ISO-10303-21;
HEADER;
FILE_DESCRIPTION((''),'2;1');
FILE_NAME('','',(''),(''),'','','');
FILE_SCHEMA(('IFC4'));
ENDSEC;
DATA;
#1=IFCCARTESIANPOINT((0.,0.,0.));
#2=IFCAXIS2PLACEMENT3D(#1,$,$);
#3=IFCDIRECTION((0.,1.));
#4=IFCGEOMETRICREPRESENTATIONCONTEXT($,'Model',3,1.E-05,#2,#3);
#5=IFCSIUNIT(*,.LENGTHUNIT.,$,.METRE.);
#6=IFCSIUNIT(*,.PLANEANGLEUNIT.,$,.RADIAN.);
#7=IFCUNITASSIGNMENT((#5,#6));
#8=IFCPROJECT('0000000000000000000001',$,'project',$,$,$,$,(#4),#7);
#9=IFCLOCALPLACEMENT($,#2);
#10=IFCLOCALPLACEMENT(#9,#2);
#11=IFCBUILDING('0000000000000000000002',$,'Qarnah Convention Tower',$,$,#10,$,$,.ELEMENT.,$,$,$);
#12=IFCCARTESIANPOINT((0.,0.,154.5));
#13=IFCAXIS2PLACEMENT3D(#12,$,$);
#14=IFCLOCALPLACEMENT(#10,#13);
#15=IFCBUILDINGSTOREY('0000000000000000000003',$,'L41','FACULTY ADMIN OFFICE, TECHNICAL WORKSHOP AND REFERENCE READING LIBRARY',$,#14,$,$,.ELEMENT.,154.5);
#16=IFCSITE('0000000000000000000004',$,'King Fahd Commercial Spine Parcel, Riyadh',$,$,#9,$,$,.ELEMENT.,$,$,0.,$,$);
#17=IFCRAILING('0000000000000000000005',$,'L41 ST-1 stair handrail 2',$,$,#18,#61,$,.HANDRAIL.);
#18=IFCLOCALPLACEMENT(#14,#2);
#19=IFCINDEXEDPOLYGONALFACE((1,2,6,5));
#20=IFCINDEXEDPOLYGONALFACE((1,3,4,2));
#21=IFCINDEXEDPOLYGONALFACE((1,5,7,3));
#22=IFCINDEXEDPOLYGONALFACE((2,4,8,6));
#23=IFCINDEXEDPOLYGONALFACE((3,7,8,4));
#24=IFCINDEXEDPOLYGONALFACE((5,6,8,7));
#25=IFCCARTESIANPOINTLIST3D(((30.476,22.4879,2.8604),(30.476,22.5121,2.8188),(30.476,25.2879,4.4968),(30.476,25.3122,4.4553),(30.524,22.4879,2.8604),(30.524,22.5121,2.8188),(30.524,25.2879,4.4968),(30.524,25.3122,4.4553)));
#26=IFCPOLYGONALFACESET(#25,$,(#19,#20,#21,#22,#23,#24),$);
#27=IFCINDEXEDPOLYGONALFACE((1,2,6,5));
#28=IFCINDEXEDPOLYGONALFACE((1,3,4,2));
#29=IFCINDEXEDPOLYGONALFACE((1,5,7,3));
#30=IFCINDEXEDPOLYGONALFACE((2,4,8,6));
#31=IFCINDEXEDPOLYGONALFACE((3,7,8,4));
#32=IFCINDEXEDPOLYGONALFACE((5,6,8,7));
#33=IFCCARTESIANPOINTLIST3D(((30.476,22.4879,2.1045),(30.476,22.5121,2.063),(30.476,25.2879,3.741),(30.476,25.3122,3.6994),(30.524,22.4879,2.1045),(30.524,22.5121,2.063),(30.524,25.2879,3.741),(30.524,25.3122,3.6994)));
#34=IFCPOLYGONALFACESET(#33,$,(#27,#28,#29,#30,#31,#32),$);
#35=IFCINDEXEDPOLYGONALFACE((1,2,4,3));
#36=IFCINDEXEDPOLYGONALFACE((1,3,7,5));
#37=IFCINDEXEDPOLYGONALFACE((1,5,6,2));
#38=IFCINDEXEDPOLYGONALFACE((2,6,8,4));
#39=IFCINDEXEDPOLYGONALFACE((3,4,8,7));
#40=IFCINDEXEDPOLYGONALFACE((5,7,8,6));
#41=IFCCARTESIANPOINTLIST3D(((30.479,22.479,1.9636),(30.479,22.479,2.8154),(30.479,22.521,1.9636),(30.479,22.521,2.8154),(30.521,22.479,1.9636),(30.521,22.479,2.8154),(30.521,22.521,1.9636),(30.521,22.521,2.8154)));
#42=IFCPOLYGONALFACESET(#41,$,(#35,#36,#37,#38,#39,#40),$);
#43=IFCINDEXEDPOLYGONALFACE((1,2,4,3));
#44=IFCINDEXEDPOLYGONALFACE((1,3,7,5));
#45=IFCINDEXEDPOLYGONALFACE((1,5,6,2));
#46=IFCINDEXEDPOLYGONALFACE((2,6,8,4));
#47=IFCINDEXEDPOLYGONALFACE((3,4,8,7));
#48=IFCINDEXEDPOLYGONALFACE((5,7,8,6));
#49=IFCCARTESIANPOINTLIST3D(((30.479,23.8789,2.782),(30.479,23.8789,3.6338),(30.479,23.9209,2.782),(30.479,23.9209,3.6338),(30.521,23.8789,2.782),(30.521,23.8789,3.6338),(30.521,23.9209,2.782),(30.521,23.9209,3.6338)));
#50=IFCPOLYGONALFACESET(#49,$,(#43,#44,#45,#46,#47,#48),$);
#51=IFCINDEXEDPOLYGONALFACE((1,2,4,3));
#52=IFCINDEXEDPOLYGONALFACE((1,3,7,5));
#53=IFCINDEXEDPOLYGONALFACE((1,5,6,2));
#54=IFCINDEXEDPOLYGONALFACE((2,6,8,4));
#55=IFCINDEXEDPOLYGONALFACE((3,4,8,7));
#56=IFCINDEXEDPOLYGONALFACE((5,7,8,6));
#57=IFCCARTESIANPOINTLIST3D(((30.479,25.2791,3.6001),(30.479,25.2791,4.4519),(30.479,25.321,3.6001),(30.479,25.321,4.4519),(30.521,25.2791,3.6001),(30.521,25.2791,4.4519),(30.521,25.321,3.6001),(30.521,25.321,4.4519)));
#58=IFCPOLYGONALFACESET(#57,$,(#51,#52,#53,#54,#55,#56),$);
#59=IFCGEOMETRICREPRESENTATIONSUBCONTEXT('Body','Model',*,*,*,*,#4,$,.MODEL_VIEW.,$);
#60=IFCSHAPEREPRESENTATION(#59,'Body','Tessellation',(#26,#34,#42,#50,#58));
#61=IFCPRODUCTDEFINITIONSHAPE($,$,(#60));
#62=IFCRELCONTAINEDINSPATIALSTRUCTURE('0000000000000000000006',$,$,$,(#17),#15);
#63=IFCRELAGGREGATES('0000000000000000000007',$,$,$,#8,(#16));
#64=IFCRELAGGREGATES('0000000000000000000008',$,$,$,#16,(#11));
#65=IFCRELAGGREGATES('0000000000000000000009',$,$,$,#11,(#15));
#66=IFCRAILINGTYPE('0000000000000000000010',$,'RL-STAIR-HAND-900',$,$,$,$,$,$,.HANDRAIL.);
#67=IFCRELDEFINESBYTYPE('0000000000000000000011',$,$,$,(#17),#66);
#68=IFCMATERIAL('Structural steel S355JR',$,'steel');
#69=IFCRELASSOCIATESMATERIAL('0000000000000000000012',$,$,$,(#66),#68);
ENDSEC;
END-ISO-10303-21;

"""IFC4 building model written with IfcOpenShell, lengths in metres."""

from ifc_helpers import new_model, si_unit, direction, frame, origin, origin_2d, place, context, subcontext, project, spatial, rectangle, extrude, material, type_object, element, save


model = new_model("IFC4")

# Units and contexts
model_context = context("Model", 3, precision=1e-05, world=origin(), true_north=direction((0.0, 1.0)))
body_context = subcontext(model_context, "Body", "Model", "MODEL_VIEW")
ifc_project = project(units=[si_unit("LENGTHUNIT", "METRE"), si_unit("PLANEANGLEUNIT", "RADIAN")], contexts=[model_context])

# Site, building, storey
site_placement = place(None, origin())
site = spatial("IfcSite", under=ifc_project, at=site_placement, Name="King Fahd Commercial Spine Parcel, Riyadh", CompositionType="ELEMENT", RefElevation=0.0)
building_placement = place(site_placement, origin())
building = spatial("IfcBuilding", under=site, at=building_placement, Name="Qarnah Convention Tower", CompositionType="ELEMENT")
storey_placement = place(building_placement, frame((0.0, 0.0, 154.5)))
storey = spatial("IfcBuildingStorey", under=building, at=storey_placement, Name="L41", Description="FACULTY ADMIN OFFICE, TECHNICAL WORKSHOP AND REFERENCE READING LIBRARY", CompositionType="ELEMENT", Elevation=154.5)

# Shared definitions
ifc_material_1 = material(Name="Structural steel S355JR", Category="steel")

# Railing
railing_type_1 = type_object("IfcRailingType", Name="RL-STAIR-HAND-900", PredefinedType="HANDRAIL", material=ifc_material_1)
railing_1_placement = place(storey_placement, frame((30.5, 22.5, 1.9636)))
element("IfcRailing", 1, at=railing_1_placement, inside=storey, type_object=railing_type_1, Name="L41 ST-1 stair handrail 2", PredefinedType="HANDRAIL", context=body_context, shape_type="SweptSolid", body=[
    extrude(rectangle(XDim=0.0481, YDim=0.0481, at=origin_2d()), frame((0.0, 0.0, 0.876), z_axis=(0.0, 0.863361, 0.504587), x_axis=(-1.0, 0.0, 0.0)), (0.0, 0.0, 1.0), 3.2432),
    extrude(rectangle(XDim=0.0481, YDim=0.0481, at=origin_2d()), frame((0.0, 0.0, 0.1201), z_axis=(0.0, 0.863361, 0.504587), x_axis=(-1.0, 0.0, 0.0)), (0.0, 0.0, 1.0), 3.2432),
    extrude(rectangle(XDim=0.042, YDim=0.042, at=origin_2d()), origin(), (0.0, 0.0, 1.0), 0.8518),
    extrude(rectangle(XDim=0.042, YDim=0.042, at=origin_2d()), frame((0.0, 1.3999, 0.8184)), (0.0, 0.0, 1.0), 0.8518),
    extrude(rectangle(XDim=0.042, YDim=0.042, at=origin_2d()), frame((0.0, 2.8, 1.6365)), (0.0, 0.0, 1.0), 0.8518),
])

save(model, "model.ifc")
